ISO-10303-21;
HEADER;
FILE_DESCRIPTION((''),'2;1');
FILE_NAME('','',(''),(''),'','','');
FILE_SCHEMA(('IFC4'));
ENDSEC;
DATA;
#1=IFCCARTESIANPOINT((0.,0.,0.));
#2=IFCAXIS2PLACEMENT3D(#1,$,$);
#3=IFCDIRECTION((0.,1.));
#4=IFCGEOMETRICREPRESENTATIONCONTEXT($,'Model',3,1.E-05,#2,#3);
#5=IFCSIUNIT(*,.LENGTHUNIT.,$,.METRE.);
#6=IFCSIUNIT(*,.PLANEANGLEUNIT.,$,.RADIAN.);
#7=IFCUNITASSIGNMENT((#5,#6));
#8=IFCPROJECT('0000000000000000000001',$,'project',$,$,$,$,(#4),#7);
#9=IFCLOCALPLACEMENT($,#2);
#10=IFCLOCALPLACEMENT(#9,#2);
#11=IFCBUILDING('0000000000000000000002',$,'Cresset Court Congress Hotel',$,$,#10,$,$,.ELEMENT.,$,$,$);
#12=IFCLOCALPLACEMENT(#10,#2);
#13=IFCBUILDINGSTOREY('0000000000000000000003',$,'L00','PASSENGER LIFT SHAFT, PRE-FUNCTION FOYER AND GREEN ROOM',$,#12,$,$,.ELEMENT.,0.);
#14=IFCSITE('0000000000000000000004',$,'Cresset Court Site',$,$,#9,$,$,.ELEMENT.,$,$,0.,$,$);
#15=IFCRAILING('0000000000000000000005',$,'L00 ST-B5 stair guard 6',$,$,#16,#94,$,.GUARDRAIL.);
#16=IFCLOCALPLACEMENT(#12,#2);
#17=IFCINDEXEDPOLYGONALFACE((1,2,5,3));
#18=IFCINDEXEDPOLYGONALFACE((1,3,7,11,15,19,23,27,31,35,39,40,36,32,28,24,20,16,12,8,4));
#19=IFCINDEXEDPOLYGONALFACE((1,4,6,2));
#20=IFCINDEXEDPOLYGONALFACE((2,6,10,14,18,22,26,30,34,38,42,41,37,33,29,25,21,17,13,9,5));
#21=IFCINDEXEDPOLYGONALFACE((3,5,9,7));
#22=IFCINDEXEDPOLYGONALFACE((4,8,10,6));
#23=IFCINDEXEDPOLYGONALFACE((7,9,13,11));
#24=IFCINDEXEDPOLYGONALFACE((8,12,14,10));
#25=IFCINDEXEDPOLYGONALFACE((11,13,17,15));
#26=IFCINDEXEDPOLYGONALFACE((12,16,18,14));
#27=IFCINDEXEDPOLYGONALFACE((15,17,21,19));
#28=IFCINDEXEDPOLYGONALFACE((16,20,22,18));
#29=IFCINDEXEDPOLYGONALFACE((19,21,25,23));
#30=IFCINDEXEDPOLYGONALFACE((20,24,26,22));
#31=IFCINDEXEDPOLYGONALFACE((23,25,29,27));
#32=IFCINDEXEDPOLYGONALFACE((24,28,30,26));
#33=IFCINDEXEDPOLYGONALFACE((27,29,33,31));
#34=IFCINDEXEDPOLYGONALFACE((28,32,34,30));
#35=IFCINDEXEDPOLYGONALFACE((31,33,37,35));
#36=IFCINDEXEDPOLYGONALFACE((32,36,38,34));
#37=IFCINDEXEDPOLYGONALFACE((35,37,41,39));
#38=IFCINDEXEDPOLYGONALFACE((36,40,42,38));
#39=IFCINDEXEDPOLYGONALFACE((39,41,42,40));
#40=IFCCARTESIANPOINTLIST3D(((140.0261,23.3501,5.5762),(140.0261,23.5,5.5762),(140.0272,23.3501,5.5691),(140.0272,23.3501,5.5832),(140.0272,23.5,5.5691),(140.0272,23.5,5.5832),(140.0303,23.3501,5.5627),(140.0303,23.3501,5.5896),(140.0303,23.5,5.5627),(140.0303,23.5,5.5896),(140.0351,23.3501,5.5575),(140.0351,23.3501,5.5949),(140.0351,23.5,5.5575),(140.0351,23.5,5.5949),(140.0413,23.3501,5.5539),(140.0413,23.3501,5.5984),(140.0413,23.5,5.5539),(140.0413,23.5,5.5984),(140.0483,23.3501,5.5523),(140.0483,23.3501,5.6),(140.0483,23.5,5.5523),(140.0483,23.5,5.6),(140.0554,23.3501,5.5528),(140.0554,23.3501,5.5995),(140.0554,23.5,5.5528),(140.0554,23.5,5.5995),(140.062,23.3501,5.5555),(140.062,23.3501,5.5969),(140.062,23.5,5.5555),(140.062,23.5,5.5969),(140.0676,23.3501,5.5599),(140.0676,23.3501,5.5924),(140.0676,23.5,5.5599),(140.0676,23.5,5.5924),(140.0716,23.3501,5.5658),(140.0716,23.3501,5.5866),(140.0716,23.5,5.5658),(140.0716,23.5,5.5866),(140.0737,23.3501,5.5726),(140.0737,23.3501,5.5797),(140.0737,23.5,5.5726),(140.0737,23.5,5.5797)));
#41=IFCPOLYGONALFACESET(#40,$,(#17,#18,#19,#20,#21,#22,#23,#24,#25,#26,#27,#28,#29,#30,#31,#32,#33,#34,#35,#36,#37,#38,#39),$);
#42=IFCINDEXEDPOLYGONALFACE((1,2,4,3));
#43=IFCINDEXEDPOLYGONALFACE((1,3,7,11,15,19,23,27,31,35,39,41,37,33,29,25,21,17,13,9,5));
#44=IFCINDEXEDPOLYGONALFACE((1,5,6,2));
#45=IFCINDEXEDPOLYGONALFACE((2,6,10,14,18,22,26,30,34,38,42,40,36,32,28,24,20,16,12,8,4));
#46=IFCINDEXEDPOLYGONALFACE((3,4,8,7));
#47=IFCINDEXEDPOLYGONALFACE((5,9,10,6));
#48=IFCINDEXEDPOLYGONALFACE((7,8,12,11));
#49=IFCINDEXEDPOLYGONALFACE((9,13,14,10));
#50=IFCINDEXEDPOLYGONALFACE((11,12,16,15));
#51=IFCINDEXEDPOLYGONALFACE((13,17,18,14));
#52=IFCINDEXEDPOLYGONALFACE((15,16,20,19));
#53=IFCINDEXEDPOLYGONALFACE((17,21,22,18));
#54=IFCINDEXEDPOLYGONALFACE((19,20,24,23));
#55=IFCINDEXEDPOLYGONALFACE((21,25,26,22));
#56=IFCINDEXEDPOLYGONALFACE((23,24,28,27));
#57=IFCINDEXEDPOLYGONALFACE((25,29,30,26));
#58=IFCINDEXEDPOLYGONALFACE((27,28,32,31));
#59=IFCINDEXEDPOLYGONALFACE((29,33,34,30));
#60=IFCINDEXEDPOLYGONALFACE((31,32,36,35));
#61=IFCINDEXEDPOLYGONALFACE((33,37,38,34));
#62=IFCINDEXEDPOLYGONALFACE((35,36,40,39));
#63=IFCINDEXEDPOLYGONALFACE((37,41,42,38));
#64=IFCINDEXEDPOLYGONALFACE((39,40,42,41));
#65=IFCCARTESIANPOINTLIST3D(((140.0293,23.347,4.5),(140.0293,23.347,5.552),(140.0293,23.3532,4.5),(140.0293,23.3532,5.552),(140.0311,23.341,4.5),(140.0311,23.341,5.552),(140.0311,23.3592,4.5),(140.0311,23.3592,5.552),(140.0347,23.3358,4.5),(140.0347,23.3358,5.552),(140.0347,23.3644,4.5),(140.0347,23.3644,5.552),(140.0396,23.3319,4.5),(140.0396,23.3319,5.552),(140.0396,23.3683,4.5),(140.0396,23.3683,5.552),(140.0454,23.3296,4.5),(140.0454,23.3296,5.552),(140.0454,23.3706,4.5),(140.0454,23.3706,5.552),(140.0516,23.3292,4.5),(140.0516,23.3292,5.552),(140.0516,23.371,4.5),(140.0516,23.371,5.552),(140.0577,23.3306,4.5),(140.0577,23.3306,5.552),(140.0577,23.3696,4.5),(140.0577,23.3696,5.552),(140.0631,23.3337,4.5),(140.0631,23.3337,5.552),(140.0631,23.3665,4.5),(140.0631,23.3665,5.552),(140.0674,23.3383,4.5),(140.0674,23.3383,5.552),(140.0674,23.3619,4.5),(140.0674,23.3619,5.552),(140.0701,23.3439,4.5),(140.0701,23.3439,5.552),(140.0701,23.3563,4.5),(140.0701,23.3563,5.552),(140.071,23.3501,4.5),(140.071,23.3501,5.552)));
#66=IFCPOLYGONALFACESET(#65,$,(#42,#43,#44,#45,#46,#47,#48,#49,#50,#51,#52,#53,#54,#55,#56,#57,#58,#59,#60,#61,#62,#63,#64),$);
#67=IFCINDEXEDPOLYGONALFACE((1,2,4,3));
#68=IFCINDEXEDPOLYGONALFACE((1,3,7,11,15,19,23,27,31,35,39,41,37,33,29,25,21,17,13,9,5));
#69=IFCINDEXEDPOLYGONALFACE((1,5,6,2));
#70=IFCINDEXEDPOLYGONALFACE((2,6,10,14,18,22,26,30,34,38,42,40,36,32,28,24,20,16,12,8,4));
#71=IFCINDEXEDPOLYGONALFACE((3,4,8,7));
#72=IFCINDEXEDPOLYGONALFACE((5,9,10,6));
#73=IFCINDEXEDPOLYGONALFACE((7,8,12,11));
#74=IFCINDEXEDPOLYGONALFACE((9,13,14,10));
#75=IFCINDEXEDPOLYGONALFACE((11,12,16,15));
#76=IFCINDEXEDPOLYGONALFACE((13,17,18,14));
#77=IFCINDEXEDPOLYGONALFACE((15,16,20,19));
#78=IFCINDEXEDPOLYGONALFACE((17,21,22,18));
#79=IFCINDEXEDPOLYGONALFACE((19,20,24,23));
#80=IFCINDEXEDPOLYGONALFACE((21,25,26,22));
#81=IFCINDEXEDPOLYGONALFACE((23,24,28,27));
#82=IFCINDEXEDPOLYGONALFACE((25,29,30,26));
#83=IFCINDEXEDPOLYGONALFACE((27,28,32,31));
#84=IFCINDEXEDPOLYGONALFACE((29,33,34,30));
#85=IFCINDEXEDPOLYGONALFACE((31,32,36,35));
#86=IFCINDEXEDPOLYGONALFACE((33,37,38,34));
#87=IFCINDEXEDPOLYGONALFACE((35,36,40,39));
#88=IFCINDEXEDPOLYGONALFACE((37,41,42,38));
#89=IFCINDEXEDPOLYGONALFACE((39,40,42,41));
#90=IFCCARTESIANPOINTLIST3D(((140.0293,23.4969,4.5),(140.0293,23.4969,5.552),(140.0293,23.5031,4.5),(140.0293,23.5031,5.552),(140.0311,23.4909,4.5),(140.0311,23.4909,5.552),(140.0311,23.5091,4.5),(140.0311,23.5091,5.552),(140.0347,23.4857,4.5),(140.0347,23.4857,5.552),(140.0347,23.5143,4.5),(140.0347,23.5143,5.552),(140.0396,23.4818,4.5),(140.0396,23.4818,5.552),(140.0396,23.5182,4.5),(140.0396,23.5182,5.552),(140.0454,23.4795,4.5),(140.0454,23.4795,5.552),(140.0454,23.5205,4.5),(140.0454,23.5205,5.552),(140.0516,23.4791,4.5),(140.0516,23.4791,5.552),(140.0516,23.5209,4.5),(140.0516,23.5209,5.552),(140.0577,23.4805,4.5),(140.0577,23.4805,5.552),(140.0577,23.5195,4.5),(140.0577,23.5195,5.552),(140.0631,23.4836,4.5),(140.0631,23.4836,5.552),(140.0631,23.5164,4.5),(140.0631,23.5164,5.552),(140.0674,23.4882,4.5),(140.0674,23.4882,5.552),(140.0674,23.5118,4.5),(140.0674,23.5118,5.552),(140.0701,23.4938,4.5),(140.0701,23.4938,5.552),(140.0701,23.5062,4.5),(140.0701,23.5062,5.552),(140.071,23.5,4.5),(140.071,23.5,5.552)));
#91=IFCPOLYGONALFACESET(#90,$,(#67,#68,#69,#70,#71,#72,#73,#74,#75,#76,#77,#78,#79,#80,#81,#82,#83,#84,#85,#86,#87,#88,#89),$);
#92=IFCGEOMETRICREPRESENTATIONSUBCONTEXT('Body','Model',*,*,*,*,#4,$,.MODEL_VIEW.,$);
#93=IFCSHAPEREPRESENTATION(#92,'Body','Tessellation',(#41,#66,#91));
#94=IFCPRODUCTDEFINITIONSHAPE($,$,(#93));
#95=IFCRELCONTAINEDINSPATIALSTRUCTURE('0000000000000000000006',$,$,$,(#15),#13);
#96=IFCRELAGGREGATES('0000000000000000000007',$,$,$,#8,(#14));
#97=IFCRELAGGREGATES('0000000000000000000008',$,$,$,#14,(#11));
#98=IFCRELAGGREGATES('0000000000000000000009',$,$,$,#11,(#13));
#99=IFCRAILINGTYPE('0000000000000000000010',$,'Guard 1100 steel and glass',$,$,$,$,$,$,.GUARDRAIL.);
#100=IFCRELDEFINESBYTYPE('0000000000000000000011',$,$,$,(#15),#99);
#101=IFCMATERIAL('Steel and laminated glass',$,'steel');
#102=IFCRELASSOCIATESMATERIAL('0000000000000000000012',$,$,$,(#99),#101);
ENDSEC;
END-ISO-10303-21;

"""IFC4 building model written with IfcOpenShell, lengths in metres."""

from ifc_helpers import new_model, si_unit, direction, frame, origin, origin_2d, place, context, subcontext, project, spatial, circle, extrude, material, type_object, element, save


model = new_model("IFC4")

# Units and contexts
model_context = context("Model", 3, precision=1e-05, world=origin(), true_north=direction((0.0, 1.0)))
body_context = subcontext(model_context, "Body", "Model", "MODEL_VIEW")
ifc_project = project(units=[si_unit("LENGTHUNIT", "METRE"), si_unit("PLANEANGLEUNIT", "RADIAN")], contexts=[model_context])

# Site, building, storey
site_placement = place(None, origin())
site = spatial("IfcSite", under=ifc_project, at=site_placement, Name="Cresset Court Site", CompositionType="ELEMENT", RefElevation=0.0)
building_placement = place(site_placement, origin())
building = spatial("IfcBuilding", under=site, at=building_placement, Name="Cresset Court Congress Hotel", CompositionType="ELEMENT")
storey_placement = place(building_placement, origin())
storey = spatial("IfcBuildingStorey", under=building, at=storey_placement, Name="L00", Description="PASSENGER LIFT SHAFT, PRE-FUNCTION FOYER AND GREEN ROOM", CompositionType="ELEMENT", Elevation=0.0)

# Railing
ifc_material_1 = material(Name="Steel and laminated glass", Category="steel")
railing_type_1 = type_object("IfcRailingType", Name="Guard 1100 steel and glass", PredefinedType="GUARDRAIL", material=ifc_material_1)
railing_1_placement = place(storey_placement, frame((140.05, 23.3501, 4.5)))
element("IfcRailing", 1, at=railing_1_placement, inside=storey, type_object=railing_type_1, Name="L00 ST-B5 stair guard 6", PredefinedType="GUARDRAIL", context=body_context, shape_type="SweptSolid", body=[
    extrude(circle(Radius=0.0239, at=origin_2d()), frame((0.0, 0.0, 1.0762), z_axis=(0.0, 1.0, 0.0), x_axis=(-1.0, 0.0, 0.0)), (0.0, 0.0, 1.0), 0.1499),
    extrude(circle(Radius=0.021, at=origin_2d()), origin(), (0.0, 0.0, 1.0), 1.052),
    extrude(circle(Radius=0.021, at=origin_2d()), frame((0.0, 0.1499, 0.0)), (0.0, 0.0, 1.0), 1.052),
])

save(model, "model.ifc")
